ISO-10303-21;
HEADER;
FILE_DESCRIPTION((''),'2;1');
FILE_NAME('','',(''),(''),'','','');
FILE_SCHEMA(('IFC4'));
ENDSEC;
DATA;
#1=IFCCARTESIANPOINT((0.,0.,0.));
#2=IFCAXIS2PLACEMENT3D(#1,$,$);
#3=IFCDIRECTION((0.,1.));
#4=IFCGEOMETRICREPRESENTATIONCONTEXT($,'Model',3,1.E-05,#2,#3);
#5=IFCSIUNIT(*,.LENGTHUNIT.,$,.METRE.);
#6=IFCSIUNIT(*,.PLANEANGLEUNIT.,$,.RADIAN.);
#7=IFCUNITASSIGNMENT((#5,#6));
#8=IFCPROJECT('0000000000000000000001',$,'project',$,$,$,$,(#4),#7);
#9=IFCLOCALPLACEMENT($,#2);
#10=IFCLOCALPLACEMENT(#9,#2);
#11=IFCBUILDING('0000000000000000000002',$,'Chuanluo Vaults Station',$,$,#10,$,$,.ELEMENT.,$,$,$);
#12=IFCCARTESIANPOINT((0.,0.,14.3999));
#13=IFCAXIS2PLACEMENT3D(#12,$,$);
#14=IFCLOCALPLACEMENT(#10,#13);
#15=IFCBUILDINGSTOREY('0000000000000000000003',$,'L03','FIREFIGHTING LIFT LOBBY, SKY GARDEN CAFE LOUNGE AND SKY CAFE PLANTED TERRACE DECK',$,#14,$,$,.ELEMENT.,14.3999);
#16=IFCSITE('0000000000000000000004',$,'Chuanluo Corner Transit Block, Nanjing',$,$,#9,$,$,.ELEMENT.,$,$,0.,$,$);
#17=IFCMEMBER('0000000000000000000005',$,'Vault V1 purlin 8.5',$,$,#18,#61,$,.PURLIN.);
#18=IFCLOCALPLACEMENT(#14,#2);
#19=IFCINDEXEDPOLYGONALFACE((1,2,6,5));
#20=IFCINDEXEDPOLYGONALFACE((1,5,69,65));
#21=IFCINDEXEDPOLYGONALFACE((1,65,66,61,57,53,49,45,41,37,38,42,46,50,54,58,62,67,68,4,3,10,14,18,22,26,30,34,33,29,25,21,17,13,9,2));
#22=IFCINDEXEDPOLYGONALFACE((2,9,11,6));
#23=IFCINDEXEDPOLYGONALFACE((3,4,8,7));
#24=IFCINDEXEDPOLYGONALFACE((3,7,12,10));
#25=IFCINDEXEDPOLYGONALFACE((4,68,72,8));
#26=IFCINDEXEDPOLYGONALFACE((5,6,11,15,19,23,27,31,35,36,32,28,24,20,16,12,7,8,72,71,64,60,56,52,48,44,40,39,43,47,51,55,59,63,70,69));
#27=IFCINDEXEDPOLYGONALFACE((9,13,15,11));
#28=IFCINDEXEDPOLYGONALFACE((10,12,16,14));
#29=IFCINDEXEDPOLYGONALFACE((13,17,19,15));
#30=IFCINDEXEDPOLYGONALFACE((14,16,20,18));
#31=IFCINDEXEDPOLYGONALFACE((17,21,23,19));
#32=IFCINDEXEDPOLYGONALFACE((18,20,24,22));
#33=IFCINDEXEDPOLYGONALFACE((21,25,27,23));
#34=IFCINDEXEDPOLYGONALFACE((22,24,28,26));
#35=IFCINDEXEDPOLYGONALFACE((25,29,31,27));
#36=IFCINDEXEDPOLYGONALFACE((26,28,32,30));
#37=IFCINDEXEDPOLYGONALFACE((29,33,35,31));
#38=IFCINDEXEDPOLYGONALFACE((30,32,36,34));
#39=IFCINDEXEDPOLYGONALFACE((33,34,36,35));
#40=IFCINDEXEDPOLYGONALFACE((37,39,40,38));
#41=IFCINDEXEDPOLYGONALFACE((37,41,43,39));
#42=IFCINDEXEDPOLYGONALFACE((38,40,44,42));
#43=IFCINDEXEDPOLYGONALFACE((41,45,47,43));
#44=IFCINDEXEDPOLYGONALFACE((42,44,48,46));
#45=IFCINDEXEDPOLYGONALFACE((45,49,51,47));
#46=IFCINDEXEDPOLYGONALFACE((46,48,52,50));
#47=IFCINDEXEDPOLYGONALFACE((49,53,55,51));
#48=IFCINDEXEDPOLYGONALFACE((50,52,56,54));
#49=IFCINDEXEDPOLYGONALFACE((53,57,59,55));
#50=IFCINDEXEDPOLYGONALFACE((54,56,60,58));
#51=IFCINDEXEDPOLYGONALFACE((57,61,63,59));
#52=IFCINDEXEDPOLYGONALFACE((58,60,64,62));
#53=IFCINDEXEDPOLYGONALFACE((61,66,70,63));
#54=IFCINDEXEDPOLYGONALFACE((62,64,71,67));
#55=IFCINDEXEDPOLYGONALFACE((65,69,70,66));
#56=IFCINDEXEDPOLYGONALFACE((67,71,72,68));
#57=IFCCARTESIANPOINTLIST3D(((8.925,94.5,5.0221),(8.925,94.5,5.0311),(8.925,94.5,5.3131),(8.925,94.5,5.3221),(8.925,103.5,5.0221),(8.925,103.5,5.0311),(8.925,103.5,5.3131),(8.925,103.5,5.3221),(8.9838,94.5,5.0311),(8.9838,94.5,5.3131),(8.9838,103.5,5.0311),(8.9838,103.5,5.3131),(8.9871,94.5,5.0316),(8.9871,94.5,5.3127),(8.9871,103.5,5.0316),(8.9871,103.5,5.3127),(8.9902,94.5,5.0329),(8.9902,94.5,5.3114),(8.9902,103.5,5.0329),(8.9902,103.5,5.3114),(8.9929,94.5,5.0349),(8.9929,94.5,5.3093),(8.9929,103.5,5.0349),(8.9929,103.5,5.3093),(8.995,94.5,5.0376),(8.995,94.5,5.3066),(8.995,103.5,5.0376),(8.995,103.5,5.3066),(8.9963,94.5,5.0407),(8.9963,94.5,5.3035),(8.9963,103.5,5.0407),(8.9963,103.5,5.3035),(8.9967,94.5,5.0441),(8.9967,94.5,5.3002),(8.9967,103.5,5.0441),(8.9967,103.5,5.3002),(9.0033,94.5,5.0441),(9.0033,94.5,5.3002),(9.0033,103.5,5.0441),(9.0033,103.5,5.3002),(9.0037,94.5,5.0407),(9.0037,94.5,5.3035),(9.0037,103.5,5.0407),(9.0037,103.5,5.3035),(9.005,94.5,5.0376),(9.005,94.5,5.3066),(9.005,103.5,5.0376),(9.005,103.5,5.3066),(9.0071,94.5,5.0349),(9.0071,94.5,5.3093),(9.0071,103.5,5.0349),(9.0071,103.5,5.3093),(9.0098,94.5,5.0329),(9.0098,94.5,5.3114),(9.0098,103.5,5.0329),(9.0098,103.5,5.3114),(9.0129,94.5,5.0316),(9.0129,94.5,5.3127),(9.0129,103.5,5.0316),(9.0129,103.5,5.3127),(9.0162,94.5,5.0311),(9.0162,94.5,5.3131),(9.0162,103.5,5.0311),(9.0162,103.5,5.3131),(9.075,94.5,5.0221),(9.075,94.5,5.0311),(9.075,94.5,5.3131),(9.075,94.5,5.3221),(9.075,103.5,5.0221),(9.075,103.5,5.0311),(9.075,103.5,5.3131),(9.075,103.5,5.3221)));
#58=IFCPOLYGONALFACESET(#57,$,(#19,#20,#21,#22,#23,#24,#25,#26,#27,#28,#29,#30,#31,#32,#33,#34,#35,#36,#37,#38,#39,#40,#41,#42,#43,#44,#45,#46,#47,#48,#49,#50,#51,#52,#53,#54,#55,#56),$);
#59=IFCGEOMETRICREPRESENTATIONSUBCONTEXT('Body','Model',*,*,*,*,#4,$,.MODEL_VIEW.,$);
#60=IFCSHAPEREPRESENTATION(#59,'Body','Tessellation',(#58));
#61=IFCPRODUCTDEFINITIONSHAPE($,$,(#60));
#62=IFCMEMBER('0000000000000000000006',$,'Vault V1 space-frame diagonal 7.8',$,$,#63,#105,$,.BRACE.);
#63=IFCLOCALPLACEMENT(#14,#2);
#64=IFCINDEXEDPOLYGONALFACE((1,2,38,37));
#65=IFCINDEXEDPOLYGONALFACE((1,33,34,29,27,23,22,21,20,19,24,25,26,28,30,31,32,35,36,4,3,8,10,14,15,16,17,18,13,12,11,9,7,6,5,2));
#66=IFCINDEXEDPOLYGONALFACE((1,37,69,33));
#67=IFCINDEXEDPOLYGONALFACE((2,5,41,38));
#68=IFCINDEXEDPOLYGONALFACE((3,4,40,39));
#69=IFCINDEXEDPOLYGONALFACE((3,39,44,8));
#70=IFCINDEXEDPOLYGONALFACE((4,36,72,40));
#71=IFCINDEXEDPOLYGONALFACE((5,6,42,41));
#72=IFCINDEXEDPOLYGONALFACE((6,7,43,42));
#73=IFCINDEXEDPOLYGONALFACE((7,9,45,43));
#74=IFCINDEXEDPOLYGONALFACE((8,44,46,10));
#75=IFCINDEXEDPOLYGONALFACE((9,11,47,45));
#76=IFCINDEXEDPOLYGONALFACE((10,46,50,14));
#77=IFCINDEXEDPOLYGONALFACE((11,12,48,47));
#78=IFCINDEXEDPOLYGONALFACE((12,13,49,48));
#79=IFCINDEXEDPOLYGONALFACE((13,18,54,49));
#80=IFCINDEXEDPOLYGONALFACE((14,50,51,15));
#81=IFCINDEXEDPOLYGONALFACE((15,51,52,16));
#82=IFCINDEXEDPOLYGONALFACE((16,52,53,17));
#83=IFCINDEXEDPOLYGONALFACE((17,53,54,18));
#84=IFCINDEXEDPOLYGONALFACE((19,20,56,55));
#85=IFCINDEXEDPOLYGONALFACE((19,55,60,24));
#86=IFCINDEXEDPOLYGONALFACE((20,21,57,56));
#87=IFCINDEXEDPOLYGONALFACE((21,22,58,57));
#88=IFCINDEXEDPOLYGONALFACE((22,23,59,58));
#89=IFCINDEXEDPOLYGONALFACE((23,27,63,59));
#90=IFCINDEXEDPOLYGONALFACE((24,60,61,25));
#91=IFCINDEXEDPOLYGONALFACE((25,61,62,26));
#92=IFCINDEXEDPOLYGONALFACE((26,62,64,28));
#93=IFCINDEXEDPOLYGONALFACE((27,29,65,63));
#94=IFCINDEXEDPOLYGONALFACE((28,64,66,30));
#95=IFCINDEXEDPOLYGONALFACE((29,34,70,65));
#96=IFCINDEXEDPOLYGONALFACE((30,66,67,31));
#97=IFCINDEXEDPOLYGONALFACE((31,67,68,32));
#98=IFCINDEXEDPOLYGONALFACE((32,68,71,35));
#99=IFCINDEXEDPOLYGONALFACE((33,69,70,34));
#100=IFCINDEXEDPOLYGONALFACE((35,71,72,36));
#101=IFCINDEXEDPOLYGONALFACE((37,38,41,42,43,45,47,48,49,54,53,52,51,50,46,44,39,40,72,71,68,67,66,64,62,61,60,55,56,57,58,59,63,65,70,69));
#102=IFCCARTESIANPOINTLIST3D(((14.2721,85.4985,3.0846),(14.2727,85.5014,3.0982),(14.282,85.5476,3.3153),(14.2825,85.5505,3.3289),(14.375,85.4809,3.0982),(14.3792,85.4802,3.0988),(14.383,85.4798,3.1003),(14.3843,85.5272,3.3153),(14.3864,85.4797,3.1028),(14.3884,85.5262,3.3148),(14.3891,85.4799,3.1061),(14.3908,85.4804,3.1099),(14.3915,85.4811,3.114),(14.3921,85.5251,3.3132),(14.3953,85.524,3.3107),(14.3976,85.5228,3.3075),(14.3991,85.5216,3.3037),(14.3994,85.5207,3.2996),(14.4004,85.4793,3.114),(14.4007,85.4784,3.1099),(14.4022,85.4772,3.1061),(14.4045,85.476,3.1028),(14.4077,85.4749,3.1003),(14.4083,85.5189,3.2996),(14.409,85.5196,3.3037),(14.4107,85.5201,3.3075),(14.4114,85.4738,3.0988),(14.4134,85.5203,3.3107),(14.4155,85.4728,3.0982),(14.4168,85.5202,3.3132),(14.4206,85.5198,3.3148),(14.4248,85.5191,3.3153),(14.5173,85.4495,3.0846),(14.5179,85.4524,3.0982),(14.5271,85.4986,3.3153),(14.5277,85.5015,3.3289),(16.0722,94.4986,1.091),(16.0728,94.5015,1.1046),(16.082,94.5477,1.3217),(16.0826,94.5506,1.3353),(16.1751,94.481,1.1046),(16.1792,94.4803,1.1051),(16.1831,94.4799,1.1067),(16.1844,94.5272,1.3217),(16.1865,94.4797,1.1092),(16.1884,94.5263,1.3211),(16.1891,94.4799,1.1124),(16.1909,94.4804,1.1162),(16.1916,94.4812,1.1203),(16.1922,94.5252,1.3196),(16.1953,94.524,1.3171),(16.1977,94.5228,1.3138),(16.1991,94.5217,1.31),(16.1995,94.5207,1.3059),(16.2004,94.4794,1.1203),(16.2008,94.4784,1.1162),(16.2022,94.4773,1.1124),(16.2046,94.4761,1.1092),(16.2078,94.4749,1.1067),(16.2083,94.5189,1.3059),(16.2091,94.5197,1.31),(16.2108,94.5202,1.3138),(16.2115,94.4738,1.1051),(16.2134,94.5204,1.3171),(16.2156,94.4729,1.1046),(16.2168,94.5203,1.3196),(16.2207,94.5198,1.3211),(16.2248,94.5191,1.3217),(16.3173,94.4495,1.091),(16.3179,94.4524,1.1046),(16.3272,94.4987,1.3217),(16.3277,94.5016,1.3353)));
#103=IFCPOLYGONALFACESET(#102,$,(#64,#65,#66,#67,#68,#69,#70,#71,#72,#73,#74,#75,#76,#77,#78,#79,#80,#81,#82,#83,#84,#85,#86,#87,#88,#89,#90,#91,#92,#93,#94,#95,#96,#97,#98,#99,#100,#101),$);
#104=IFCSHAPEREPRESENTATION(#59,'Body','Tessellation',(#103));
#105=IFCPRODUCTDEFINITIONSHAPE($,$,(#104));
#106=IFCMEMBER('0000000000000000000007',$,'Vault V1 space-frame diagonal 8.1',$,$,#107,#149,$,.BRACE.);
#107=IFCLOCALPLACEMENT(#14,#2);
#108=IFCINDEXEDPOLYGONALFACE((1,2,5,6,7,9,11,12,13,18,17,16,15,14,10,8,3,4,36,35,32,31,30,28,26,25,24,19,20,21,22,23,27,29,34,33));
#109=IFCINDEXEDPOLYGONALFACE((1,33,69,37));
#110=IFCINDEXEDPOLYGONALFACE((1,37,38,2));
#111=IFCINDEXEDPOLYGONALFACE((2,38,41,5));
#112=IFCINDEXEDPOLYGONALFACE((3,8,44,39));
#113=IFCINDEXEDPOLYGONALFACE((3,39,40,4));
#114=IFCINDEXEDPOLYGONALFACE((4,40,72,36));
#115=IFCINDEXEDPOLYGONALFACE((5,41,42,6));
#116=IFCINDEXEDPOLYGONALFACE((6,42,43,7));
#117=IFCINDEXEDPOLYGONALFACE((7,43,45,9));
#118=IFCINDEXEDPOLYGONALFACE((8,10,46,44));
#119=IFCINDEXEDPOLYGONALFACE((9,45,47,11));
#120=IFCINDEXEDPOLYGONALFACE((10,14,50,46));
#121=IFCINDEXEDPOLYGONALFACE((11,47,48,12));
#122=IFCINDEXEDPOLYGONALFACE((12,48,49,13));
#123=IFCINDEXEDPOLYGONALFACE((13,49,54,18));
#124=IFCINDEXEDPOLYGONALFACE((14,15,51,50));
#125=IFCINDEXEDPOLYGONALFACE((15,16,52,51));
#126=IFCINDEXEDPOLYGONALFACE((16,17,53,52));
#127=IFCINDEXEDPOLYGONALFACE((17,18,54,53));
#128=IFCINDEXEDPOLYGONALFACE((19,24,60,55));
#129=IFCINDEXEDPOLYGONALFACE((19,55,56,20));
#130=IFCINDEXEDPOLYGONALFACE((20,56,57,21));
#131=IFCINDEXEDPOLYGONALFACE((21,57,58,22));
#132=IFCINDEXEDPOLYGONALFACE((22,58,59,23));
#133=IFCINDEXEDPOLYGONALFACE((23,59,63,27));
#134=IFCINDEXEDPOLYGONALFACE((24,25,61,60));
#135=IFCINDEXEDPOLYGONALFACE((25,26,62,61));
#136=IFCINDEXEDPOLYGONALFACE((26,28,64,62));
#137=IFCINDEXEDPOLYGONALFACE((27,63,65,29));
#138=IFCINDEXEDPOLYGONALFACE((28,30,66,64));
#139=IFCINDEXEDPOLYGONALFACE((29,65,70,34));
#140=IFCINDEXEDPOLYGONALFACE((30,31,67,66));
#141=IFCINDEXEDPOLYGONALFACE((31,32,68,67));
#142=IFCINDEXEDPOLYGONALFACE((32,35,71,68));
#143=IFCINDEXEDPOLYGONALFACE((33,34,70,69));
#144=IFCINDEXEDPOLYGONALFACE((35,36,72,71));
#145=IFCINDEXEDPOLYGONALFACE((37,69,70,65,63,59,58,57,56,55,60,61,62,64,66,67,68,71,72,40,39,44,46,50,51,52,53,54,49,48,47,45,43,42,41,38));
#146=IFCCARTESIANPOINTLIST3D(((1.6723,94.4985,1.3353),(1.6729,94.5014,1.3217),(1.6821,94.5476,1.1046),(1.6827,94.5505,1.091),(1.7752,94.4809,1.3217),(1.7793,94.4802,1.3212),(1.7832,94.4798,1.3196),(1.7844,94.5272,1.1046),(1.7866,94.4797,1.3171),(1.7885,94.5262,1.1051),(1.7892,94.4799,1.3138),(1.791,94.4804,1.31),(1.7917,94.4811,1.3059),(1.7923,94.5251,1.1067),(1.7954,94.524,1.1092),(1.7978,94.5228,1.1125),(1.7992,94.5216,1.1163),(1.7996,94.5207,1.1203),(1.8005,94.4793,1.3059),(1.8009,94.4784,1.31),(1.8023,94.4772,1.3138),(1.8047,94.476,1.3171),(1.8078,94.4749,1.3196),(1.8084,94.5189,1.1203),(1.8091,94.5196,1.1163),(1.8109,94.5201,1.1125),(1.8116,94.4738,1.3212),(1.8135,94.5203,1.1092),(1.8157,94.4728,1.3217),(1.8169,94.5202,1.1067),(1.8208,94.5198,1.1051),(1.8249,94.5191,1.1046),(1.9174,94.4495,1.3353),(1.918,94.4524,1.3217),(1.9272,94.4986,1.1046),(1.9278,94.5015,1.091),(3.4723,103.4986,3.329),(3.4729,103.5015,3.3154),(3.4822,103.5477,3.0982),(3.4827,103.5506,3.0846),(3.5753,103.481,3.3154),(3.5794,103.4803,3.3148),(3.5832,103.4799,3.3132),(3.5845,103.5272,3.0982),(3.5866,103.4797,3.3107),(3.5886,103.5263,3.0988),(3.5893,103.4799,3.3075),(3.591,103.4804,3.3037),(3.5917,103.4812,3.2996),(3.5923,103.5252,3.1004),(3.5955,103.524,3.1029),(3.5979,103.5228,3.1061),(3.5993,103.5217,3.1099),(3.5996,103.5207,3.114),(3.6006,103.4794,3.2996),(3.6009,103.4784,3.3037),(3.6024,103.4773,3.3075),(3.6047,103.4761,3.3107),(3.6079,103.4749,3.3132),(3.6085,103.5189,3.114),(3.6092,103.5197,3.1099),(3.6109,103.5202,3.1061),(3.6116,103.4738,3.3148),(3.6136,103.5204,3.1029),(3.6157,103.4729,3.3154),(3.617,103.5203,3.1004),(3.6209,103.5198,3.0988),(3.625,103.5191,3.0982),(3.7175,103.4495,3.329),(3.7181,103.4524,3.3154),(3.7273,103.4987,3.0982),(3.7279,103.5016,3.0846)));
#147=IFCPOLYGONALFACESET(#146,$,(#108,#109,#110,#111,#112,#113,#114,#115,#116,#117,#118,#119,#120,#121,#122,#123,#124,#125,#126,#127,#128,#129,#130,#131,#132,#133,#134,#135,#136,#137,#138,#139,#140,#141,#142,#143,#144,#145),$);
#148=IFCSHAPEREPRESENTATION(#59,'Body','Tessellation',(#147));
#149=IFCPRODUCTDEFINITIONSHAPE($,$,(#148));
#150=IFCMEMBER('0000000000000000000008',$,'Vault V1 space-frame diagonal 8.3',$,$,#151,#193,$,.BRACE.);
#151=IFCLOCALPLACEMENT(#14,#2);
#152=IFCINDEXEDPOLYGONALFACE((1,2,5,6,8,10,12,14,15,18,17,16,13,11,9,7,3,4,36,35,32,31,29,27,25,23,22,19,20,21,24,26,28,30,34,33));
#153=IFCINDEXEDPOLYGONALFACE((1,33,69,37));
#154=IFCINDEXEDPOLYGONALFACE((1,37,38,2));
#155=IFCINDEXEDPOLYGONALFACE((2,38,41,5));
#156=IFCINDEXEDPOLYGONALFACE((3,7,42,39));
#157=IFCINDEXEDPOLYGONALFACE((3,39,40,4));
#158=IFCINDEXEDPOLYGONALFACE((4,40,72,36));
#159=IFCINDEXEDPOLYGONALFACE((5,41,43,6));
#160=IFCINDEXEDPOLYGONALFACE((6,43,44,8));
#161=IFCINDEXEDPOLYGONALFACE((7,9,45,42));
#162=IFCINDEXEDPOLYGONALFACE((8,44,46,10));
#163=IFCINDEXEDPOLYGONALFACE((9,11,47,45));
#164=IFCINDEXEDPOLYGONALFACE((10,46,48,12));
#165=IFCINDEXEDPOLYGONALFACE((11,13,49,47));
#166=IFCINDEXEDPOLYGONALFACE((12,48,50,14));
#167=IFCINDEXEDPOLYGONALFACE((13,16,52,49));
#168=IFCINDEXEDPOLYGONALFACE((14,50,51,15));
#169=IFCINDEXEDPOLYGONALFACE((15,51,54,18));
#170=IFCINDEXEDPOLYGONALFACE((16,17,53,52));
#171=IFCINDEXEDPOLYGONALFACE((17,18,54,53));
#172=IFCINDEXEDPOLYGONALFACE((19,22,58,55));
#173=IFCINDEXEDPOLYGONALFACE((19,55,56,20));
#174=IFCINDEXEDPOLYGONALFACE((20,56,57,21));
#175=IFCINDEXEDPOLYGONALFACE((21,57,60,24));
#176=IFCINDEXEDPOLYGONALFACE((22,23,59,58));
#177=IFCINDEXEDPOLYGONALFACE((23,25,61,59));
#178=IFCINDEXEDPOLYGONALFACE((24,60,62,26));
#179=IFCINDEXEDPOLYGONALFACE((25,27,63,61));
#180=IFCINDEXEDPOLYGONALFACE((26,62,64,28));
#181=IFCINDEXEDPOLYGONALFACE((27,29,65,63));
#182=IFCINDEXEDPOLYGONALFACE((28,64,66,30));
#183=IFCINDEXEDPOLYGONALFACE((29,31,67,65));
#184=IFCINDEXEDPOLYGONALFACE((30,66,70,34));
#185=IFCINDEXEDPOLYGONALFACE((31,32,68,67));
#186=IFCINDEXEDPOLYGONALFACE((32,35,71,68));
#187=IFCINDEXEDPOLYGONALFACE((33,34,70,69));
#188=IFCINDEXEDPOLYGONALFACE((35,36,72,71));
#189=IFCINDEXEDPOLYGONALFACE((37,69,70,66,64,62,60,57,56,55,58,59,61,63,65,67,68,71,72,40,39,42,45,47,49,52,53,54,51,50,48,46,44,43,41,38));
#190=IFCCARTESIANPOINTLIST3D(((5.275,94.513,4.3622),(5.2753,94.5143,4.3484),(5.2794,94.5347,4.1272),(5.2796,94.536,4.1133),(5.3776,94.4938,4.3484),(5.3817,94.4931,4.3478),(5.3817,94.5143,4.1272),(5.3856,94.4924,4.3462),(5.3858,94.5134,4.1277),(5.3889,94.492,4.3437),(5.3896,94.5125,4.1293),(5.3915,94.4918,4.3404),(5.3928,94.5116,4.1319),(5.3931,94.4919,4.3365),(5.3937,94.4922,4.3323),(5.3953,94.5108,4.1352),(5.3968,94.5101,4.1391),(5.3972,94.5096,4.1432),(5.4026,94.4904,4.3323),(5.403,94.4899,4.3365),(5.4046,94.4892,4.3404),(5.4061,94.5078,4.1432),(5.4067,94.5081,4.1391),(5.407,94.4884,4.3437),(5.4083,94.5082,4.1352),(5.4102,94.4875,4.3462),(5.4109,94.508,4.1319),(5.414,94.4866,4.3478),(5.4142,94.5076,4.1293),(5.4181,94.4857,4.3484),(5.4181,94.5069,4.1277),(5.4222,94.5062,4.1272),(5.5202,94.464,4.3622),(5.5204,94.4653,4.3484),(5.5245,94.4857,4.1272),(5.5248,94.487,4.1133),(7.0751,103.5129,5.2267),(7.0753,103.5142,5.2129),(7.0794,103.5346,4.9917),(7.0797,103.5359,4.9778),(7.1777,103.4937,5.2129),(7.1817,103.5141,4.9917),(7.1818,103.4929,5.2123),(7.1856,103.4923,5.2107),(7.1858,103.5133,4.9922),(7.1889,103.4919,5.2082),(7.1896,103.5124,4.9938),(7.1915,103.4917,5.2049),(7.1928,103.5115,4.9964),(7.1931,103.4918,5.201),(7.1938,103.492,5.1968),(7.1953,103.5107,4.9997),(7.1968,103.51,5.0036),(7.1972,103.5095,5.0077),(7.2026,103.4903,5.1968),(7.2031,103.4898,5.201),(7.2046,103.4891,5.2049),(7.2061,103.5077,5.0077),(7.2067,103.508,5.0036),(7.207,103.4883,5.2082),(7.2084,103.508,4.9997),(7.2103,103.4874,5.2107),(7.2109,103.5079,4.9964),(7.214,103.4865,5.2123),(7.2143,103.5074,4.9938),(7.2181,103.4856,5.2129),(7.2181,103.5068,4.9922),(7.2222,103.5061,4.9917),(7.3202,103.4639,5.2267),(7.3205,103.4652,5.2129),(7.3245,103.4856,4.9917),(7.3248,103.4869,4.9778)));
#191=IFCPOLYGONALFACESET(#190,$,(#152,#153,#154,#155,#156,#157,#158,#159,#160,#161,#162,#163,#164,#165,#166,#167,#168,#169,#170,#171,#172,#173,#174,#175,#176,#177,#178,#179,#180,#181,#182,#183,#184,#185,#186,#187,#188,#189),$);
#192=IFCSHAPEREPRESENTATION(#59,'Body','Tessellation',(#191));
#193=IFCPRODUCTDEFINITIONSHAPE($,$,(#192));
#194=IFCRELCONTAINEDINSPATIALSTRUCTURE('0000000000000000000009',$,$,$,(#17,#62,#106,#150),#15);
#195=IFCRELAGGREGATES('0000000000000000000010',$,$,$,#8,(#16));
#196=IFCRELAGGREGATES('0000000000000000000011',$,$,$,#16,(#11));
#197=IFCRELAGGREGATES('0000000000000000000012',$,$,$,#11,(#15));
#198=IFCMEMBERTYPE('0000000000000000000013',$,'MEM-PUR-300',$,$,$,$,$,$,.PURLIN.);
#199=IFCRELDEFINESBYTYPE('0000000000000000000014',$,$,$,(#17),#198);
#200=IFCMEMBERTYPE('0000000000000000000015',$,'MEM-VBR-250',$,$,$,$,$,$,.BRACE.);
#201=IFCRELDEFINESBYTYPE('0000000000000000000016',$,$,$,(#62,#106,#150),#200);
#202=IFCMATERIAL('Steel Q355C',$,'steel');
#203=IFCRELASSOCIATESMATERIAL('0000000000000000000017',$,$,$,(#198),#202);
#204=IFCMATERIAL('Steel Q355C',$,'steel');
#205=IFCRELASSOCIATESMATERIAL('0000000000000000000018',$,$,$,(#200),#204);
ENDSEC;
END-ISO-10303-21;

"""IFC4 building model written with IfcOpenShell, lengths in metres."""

from ifc_helpers import new_model, si_unit, direction, frame, origin, origin_2d, place, context, subcontext, project, spatial, i_section, extrude, material, material_profile, profile_set, type_object, element, save


model = new_model("IFC4")

# Units and contexts
model_context = context("Model", 3, precision=1e-05, world=origin(), true_north=direction((0.0, 1.0)))
body_context = subcontext(model_context, "Body", "Model", "MODEL_VIEW")
ifc_project = project(units=[si_unit("LENGTHUNIT", "METRE"), si_unit("PLANEANGLEUNIT", "RADIAN")], contexts=[model_context])

# Site, building, storey
site_placement = place(None, origin())
site = spatial("IfcSite", under=ifc_project, at=site_placement, Name="Chuanluo Corner Transit Block, Nanjing", CompositionType="ELEMENT", RefElevation=0.0)
building_placement = place(site_placement, origin())
building = spatial("IfcBuilding", under=site, at=building_placement, Name="Chuanluo Vaults Station", CompositionType="ELEMENT")
storey_placement = place(building_placement, frame((0.0, 0.0, 14.3999)))
storey = spatial("IfcBuildingStorey", under=building, at=storey_placement, Name="L03", Description="FIREFIGHTING LIFT LOBBY, SKY GARDEN CAFE LOUNGE AND SKY CAFE PLANTED TERRACE DECK", CompositionType="ELEMENT", Elevation=14.3999)

# Members
ifc_material_1 = material(Name="Steel Q355C", Category="steel")
ifc_material_profile_1 = material_profile(ifc_material_1, i_section(OverallWidth=0.1499, OverallDepth=0.3, WebThickness=0.0066, FlangeThickness=0.009, FilletRadius=0.0129, at=origin_2d()))
ifc_profile_set_1 = profile_set([ifc_material_profile_1], Name="Steel Q355C")
member_type_1 = type_object("IfcMemberType", Name="MEM-PUR-300", PredefinedType="PURLIN", material=ifc_profile_set_1)
for number, where, z_axis, x_axis, name in (
    (1, (9.0, 94.5, 5.1721), (0.0, 1.0, 0.0), (-1.0, 0.0, 0.0), "Vault V1 purlin 8.5"),
):
    element("IfcMember", number, at=place(storey_placement, frame(where, z_axis=z_axis, x_axis=x_axis)), inside=storey, type_object=member_type_1, Name=name, PredefinedType="PURLIN", context=body_context, shape_type="SweptSolid", body=[
        extrude(i_section(OverallWidth=0.1499, OverallDepth=0.3, WebThickness=0.0066, FlangeThickness=0.009, FilletRadius=0.0129, at=origin_2d()), origin(), (0.0, 0.0, 1.0), 9.0),
    ])
ifc_material_2 = material(Name="Steel Q355C", Category="steel")
ifc_material_profile_2 = material_profile(ifc_material_2, i_section(OverallWidth=0.25, OverallDepth=0.25, WebThickness=0.009, FlangeThickness=0.0139, FilletRadius=0.0161, at=origin_2d()))
ifc_profile_set_2 = profile_set([ifc_material_profile_2], Name="Steel Q355C")
member_type_2 = type_object("IfcMemberType", Name="MEM-VBR-250", PredefinedType="BRACE", material=ifc_profile_set_2)
for number, where, z_axis, x_axis, name in (
    (2, (14.3999, 85.5, 3.2068), (0.191652, 0.958234, -0.212265), (-0.98058, 0.196121, 0.0), "Vault V1 space-frame diagonal 7.8"),
    (3, (1.8, 94.5, 1.2131), (0.191652, 0.958234, 0.212265), (-0.98058, 0.196121, 0.0), "Vault V1 space-frame diagonal 8.1"),
):
    element("IfcMember", number, at=place(storey_placement, frame(where, z_axis=z_axis, x_axis=x_axis)), inside=storey, type_object=member_type_2, Name=name, PredefinedType="BRACE", context=body_context, shape_type="SweptSolid", body=[
        extrude(i_section(OverallWidth=0.25, OverallDepth=0.25, WebThickness=0.009, FlangeThickness=0.0139, FilletRadius=0.0161, at=origin_2d()), origin(), (0.0, 0.0, 1.0), 9.3923),
    ])
member_placement = place(storey_placement, frame((5.3999, 94.5, 4.2378), z_axis=(0.195257, 0.976259, 0.093775), x_axis=(-0.98058, 0.196121, 0.0)))
element("IfcMember", 4, at=member_placement, inside=storey, type_object=member_type_2, Name="Vault V1 space-frame diagonal 8.3", PredefinedType="BRACE", context=body_context, shape_type="SweptSolid", body=[
    extrude(i_section(OverallWidth=0.25, OverallDepth=0.25, WebThickness=0.009, FlangeThickness=0.0139, FilletRadius=0.0161, at=origin_2d()), origin(), (0.0, 0.0, 1.0), 9.2188),
])

save(model, "model.ifc")
